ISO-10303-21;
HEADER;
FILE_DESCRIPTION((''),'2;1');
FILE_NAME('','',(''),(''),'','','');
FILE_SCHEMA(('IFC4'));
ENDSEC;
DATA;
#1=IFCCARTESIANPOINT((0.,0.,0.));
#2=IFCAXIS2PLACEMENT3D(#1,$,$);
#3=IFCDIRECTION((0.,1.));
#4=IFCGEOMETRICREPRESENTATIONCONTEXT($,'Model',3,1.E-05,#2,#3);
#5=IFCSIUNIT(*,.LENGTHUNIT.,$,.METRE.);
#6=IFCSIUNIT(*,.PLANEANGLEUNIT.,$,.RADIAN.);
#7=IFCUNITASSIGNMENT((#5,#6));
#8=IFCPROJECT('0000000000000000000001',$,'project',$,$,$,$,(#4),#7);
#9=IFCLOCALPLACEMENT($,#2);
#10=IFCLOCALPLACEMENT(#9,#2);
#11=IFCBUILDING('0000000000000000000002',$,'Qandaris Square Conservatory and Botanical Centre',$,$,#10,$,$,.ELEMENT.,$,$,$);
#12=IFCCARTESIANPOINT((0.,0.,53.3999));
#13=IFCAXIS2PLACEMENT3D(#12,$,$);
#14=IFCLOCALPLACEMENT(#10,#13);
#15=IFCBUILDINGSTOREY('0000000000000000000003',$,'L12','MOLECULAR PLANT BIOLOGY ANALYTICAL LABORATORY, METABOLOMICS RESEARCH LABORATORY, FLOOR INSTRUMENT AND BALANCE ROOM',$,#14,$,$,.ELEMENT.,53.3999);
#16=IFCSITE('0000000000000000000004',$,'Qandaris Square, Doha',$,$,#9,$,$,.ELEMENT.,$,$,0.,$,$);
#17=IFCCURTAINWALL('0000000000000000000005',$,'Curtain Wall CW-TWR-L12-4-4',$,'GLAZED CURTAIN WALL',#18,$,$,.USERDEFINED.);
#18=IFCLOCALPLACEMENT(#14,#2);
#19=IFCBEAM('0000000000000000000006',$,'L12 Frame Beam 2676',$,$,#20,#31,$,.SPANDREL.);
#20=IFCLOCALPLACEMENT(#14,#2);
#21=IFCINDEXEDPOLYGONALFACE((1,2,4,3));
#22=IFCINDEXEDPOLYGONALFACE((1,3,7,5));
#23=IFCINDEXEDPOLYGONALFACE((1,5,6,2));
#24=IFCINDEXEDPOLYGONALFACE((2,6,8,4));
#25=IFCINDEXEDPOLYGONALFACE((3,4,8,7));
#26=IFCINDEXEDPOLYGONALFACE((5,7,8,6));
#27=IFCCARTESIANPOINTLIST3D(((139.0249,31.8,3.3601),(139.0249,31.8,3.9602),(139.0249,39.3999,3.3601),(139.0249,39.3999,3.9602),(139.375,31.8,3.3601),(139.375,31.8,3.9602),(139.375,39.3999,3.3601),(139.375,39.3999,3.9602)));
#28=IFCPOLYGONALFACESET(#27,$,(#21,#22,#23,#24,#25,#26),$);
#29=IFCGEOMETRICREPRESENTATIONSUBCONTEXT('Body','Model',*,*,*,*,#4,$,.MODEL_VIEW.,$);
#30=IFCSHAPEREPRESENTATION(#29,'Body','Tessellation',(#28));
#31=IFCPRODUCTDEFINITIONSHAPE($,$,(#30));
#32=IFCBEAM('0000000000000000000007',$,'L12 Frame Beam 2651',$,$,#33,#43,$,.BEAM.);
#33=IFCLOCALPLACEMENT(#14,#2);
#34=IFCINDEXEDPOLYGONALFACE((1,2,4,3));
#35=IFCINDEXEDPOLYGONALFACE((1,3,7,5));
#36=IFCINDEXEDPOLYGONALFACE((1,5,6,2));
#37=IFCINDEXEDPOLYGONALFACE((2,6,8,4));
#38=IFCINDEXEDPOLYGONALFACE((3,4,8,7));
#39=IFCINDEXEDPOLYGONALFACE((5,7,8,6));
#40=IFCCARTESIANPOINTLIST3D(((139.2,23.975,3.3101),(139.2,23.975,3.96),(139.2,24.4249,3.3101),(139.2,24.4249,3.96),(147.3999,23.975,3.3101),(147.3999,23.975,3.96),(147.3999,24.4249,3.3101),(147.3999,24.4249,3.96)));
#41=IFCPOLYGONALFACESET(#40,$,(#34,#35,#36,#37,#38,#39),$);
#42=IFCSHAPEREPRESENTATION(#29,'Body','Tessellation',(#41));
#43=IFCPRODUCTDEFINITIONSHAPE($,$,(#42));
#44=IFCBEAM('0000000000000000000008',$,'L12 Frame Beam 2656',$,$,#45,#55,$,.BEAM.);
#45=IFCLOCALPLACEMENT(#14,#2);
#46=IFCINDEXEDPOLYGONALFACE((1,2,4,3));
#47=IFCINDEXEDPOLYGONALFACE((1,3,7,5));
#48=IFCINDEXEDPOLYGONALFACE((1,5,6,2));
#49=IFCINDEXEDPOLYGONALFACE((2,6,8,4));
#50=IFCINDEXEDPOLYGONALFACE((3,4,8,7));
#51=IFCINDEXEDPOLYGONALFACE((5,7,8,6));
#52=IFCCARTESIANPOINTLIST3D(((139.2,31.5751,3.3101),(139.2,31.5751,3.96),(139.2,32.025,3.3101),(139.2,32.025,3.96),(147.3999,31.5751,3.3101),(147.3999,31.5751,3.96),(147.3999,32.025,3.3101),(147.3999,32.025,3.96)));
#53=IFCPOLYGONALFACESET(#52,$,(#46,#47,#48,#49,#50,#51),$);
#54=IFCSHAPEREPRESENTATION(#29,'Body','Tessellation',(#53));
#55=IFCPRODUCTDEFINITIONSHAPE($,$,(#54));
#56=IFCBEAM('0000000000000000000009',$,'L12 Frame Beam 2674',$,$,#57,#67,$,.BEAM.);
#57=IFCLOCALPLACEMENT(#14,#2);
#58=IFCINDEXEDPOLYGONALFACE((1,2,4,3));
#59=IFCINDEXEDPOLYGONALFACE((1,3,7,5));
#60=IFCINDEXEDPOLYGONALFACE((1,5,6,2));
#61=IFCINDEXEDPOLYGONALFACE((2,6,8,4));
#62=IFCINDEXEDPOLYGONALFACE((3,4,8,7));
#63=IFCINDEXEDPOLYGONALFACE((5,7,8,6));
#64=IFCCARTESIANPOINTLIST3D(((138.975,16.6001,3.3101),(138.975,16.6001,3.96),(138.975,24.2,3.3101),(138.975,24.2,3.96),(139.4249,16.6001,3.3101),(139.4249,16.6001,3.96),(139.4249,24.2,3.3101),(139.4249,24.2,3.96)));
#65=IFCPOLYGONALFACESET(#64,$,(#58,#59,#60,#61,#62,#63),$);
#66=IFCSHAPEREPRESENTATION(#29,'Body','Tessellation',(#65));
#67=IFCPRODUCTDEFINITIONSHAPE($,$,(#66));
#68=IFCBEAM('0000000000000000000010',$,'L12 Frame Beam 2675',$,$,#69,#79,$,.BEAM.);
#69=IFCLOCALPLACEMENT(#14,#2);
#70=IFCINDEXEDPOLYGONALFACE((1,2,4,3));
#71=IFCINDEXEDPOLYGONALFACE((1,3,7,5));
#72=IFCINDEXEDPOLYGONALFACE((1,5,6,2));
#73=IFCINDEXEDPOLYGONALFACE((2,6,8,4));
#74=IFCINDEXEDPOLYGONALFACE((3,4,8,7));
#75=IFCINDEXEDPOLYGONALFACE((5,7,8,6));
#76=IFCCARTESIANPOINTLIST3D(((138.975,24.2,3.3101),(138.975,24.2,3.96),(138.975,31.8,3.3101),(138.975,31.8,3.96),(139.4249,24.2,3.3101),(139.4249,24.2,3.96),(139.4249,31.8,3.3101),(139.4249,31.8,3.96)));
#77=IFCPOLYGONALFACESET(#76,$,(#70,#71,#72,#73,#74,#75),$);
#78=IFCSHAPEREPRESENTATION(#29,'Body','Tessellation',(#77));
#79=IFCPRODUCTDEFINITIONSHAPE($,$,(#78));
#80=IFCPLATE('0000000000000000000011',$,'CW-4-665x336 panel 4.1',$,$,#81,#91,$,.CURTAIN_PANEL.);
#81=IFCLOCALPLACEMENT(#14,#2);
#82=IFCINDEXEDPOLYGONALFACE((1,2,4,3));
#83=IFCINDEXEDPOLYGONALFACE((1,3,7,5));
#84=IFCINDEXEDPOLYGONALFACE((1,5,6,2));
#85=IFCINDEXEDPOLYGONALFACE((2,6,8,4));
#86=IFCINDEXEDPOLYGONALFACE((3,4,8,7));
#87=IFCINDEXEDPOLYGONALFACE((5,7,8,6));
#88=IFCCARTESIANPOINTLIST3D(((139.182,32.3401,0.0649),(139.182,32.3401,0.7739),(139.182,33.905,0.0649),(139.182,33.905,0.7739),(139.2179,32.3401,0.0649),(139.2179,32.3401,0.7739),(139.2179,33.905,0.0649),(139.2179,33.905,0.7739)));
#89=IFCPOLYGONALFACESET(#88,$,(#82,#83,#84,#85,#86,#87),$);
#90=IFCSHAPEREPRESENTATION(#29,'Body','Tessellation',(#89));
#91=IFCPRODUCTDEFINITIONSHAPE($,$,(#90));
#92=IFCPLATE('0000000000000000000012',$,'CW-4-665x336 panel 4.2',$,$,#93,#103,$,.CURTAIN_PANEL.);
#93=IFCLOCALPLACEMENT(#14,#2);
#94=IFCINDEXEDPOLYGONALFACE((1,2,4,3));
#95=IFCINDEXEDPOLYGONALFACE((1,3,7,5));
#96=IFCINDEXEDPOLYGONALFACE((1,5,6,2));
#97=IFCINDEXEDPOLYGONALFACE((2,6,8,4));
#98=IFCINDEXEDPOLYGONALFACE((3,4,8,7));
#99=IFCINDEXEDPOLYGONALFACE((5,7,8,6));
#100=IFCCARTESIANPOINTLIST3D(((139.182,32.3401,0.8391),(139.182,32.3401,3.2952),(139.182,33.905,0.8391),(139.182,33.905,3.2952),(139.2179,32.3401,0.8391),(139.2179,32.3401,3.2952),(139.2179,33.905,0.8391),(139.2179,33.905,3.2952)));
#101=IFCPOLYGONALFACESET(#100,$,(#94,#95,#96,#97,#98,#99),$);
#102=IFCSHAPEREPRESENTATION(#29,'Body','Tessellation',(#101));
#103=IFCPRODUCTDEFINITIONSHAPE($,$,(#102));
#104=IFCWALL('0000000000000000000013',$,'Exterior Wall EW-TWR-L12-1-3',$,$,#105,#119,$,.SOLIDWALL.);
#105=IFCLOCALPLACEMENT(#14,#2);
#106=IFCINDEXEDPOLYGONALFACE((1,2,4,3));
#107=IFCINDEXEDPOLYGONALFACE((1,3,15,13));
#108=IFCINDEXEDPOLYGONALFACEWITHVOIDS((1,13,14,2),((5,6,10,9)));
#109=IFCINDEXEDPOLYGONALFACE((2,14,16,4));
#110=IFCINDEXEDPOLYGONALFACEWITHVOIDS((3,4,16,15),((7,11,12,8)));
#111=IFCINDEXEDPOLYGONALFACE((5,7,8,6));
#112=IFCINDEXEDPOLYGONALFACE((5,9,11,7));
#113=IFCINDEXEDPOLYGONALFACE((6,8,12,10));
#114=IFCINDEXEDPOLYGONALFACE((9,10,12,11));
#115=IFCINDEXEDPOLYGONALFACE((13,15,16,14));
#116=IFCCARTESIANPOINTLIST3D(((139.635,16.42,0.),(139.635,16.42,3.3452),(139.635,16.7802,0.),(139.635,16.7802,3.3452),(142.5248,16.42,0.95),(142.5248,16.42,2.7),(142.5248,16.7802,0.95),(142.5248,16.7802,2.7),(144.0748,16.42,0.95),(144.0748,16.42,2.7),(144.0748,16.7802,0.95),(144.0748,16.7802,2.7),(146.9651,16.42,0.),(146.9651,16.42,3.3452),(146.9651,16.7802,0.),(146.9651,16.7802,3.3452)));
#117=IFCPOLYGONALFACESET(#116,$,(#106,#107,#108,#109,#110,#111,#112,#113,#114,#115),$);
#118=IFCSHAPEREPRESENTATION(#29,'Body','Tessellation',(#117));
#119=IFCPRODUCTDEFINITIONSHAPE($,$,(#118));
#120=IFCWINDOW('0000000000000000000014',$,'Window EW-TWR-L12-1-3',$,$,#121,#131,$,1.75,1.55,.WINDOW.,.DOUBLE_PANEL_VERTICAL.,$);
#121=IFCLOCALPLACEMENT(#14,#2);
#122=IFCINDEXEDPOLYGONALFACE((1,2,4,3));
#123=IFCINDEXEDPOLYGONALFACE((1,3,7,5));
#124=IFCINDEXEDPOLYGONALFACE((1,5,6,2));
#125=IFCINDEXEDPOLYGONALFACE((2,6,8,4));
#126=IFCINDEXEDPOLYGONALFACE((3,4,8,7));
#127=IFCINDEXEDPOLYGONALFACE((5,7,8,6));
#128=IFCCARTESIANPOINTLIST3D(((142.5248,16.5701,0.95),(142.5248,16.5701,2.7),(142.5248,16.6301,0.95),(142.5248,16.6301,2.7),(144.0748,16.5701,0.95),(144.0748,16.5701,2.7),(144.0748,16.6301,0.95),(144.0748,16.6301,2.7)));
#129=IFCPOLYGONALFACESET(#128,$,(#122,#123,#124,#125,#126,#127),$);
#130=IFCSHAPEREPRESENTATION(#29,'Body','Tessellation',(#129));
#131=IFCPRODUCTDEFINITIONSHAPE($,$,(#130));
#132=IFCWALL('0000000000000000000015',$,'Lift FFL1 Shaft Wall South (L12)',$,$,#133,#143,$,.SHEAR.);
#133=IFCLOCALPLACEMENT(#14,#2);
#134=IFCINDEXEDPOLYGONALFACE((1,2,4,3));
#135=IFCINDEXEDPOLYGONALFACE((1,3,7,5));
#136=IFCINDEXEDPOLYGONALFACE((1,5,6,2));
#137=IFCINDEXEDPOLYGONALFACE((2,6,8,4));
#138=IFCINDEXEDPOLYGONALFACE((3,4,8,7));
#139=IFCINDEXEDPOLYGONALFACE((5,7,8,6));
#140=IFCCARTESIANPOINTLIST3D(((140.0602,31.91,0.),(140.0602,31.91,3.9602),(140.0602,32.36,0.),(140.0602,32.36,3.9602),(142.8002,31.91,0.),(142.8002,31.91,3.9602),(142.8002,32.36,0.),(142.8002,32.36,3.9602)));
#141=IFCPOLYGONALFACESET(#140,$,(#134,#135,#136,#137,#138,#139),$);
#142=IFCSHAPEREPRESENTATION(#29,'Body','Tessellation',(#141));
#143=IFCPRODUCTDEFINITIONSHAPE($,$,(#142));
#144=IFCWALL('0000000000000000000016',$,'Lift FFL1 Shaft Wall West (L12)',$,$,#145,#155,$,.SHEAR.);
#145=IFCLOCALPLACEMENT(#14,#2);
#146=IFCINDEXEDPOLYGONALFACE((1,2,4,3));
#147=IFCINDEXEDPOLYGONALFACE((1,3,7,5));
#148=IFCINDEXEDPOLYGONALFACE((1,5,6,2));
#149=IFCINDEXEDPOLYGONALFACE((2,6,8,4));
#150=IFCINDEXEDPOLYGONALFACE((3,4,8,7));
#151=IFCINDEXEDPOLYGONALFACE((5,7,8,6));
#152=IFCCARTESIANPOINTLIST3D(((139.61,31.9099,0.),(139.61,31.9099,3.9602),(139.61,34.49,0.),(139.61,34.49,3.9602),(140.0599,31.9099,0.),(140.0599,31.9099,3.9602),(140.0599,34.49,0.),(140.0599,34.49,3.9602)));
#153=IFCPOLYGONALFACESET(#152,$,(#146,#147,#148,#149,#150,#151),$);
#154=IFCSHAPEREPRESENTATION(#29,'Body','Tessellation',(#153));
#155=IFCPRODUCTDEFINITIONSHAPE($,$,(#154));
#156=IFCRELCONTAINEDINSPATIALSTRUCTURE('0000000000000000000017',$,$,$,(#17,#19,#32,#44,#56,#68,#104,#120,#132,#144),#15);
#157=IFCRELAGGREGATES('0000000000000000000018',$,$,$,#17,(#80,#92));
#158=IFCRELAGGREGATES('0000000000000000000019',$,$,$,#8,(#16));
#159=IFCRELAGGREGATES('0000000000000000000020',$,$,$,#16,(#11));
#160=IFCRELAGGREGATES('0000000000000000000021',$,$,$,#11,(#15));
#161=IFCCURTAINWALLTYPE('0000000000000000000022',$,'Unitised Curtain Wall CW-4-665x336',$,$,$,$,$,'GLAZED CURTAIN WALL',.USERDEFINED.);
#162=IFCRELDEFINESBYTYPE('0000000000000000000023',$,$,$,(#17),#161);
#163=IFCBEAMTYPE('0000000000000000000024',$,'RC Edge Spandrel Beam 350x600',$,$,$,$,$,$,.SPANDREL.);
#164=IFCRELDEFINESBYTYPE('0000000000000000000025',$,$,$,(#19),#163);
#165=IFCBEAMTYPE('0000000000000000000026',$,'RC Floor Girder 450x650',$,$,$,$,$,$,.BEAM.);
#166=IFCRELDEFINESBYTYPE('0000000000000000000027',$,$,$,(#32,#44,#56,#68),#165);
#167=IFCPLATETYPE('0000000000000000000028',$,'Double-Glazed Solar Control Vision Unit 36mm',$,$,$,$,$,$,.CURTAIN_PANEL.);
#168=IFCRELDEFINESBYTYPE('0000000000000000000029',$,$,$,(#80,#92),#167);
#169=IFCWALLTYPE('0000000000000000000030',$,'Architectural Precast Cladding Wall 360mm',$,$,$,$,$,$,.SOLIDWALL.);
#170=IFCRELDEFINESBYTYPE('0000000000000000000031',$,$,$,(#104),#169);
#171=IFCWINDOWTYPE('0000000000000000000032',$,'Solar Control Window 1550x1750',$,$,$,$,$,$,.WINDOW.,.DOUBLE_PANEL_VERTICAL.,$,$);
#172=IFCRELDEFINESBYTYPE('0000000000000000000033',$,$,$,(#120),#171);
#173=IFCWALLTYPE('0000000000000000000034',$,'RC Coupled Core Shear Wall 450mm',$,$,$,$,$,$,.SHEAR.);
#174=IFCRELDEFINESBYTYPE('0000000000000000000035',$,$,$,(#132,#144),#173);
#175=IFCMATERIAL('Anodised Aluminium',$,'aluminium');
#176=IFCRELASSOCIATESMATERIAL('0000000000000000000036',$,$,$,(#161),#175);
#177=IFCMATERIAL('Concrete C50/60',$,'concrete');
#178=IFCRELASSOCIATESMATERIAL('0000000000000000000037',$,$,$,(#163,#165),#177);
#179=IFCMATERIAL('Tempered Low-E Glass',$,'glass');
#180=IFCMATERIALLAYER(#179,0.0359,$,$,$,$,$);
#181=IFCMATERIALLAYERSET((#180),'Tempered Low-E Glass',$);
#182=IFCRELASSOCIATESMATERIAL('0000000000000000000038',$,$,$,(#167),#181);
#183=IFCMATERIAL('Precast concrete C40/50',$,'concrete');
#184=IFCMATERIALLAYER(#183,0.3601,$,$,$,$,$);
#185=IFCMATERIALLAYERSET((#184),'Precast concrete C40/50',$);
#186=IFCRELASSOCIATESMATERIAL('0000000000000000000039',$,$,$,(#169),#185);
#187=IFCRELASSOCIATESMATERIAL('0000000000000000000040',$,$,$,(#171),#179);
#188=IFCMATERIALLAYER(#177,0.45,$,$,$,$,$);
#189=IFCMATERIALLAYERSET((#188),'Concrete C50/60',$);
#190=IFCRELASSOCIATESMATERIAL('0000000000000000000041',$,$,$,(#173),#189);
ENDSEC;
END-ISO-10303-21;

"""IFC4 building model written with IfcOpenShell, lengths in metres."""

from ifc_helpers import new_model, si_unit, direction, frame, frame_2d, origin, origin_2d, place, context, subcontext, project, spatial, rectangle, extrude, material, layer, layer_set, material_profile, profile_set, type_object, element, fill, aggregate, save


model = new_model("IFC4")

# Units and contexts
model_context = context("Model", 3, precision=1e-05, world=origin(), true_north=direction((0.0, 1.0)))
body_context = subcontext(model_context, "Body", "Model", "MODEL_VIEW")
ifc_project = project(units=[si_unit("LENGTHUNIT", "METRE"), si_unit("PLANEANGLEUNIT", "RADIAN")], contexts=[model_context])

# Site, building, storey
site_placement = place(None, origin())
site = spatial("IfcSite", under=ifc_project, at=site_placement, Name="Qandaris Square, Doha", CompositionType="ELEMENT", RefElevation=0.0)
building_placement = place(site_placement, origin())
building = spatial("IfcBuilding", under=site, at=building_placement, Name="Qandaris Square Conservatory and Botanical Centre", CompositionType="ELEMENT")
storey_placement = place(building_placement, frame((0.0, 0.0, 53.3999)))
storey = spatial("IfcBuildingStorey", under=building, at=storey_placement, Name="L12", Description="MOLECULAR PLANT BIOLOGY ANALYTICAL LABORATORY, METABOLOMICS RESEARCH LABORATORY, FLOOR INSTRUMENT AND BALANCE ROOM", CompositionType="ELEMENT", Elevation=53.3999)

# Shared definitions
ifc_material_1 = material(Name="Concrete C50/60", Category="concrete")

# Curtain wall
ifc_material_2 = material(Name="Anodised Aluminium", Category="aluminium")
curtain_wall_type = type_object("IfcCurtainWallType", Name="Unitised Curtain Wall CW-4-665x336", ElementType="GLAZED CURTAIN WALL", PredefinedType="USERDEFINED", material=ifc_material_2)
curtain_wall_placement = place(storey_placement, origin())
curtain_wall = element("IfcCurtainWall", 1, at=curtain_wall_placement, inside=storey, type_object=curtain_wall_type, Name="Curtain Wall CW-TWR-L12-4-4", ObjectType="GLAZED CURTAIN WALL", PredefinedType="USERDEFINED")

# Beams
ifc_material_profile_1 = material_profile(ifc_material_1, rectangle(XDim=0.3501, YDim=0.6001, at=origin_2d()), Name="RC-SP 350x600")
ifc_profile_set_1 = profile_set([ifc_material_profile_1], Name="Concrete C50/60")
beam_type_1 = type_object("IfcBeamType", Name="RC Edge Spandrel Beam 350x600", PredefinedType="SPANDREL", material=ifc_profile_set_1)
beam_1_placement = place(storey_placement, frame((139.2, 31.8, 3.6602), z_axis=(0.0, 1.0, 0.0), x_axis=(-1.0, 0.0, 0.0)))
element("IfcBeam", 2, at=beam_1_placement, inside=storey, type_object=beam_type_1, Name="L12 Frame Beam 2676", PredefinedType="SPANDREL", context=body_context, shape_type="SweptSolid", body=[
    extrude(rectangle(XDim=0.3501, YDim=0.6001, at=origin_2d()), origin(), (0.0, 0.0, 1.0), 7.5999),
])
ifc_material_profile_2 = material_profile(ifc_material_1, rectangle(XDim=0.45, YDim=0.6499, at=origin_2d()), Name="RC-BM 450x650")
ifc_profile_set_2 = profile_set([ifc_material_profile_2], Name="Concrete C50/60")
beam_type_2 = type_object("IfcBeamType", Name="RC Floor Girder 450x650", PredefinedType="BEAM", material=ifc_profile_set_2)
for number, where, z_axis, x_axis, name in (
    (3, (139.2, 24.2, 3.635), (1.0, 0.0, 0.0), (0.0, 1.0, 0.0), "L12 Frame Beam 2651"),
    (4, (139.2, 31.8, 3.635), (1.0, 0.0, 0.0), (0.0, 1.0, 0.0), "L12 Frame Beam 2656"),
):
    element("IfcBeam", number, at=place(storey_placement, frame(where, z_axis=z_axis, x_axis=x_axis)), inside=storey, type_object=beam_type_2, Name=name, PredefinedType="BEAM", context=body_context, shape_type="SweptSolid", body=[
        extrude(rectangle(XDim=0.45, YDim=0.6499, at=origin_2d()), origin(), (0.0, 0.0, 1.0), 8.2),
    ])
beam_2_placement = place(storey_placement, frame((139.2, 16.6001, 3.635), z_axis=(0.0, 1.0, 0.0), x_axis=(-1.0, 0.0, 0.0)))
element("IfcBeam", 5, at=beam_2_placement, inside=storey, type_object=beam_type_2, Name="L12 Frame Beam 2674", PredefinedType="BEAM", context=body_context, shape_type="SweptSolid", body=[
    extrude(rectangle(XDim=0.45, YDim=0.6499, at=origin_2d()), origin(), (0.0, 0.0, 1.0), 7.5999),
])
beam_3_placement = place(storey_placement, frame((139.2, 24.2, 3.635), z_axis=(0.0, 1.0, 0.0), x_axis=(-1.0, 0.0, 0.0)))
element("IfcBeam", 6, at=beam_3_placement, inside=storey, type_object=beam_type_2, Name="L12 Frame Beam 2675", PredefinedType="BEAM", context=body_context, shape_type="SweptSolid", body=[
    extrude(rectangle(XDim=0.45, YDim=0.6499, at=origin_2d()), origin(), (0.0, 0.0, 1.0), 7.6001),
])

# Plates
ifc_material_3 = material(Name="Tempered Low-E Glass", Category="glass")
ifc_layer_1 = layer(ifc_material_3, 0.0359)
ifc_layer_set_1 = layer_set([ifc_layer_1], Name="Tempered Low-E Glass")
plate_type = type_object("IfcPlateType", Name="Double-Glazed Solar Control Vision Unit 36mm", PredefinedType="CURTAIN_PANEL", material=ifc_layer_set_1)
plate_1_placement = place(storey_placement, frame((139.2, 33.1226, 0.0649), z_axis=(0.0, 0.0, 1.0), x_axis=(0.0, -1.0, 0.0)))
plate_1 = element("IfcPlate", 7, at=plate_1_placement, type_object=plate_type, Name="CW-4-665x336 panel 4.1", PredefinedType="CURTAIN_PANEL", context=body_context, shape_type="SweptSolid", body=[
    extrude(rectangle(XDim=1.5649, YDim=0.0359, at=origin_2d()), origin(), (0.0, 0.0, 1.0), 0.709),
])
plate_2_placement = place(storey_placement, frame((139.2, 33.1226, 0.8391), z_axis=(0.0, 0.0, 1.0), x_axis=(0.0, -1.0, 0.0)))
plate_2 = element("IfcPlate", 8, at=plate_2_placement, type_object=plate_type, Name="CW-4-665x336 panel 4.2", PredefinedType="CURTAIN_PANEL", context=body_context, shape_type="SweptSolid", body=[
    extrude(rectangle(XDim=1.5649, YDim=0.0359, at=origin_2d()), origin(), (0.0, 0.0, 1.0), 2.4561),
])
aggregate(curtain_wall, [plate_1, plate_2])

# Wall, opening, window
ifc_material_4 = material(Name="Precast concrete C40/50", Category="concrete")
ifc_layer_2 = layer(ifc_material_4, 0.3601)
ifc_layer_set_2 = layer_set([ifc_layer_2], Name="Precast concrete C40/50")
wall_type_1 = type_object("IfcWallType", Name="Architectural Precast Cladding Wall 360mm", PredefinedType="SOLIDWALL", material=ifc_layer_set_2)
wall_1_placement = place(storey_placement, frame((139.635, 16.6001, 0.0), z_axis=(0.0, 0.0, 1.0), x_axis=(1.0, 0.0, 0.0)))
wall_1 = element("IfcWall", 9, at=wall_1_placement, inside=storey, type_object=wall_type_1, Name="Exterior Wall EW-TWR-L12-1-3", PredefinedType="SOLIDWALL", context=body_context, shape_type="SweptSolid", body=[
    extrude(rectangle(XDim=7.3301, YDim=0.3601, at=frame_2d((3.665, 0.0))), origin(), (0.0, 0.0, 1.0), 3.3452),
])
opening_1_placement = place(wall_1_placement, frame((2.8899, 0.0, 0.95)))
opening_1 = element("IfcOpeningElement", 10, at=opening_1_placement, cuts=wall_1, PredefinedType="OPENING", context=body_context, shape_type="SweptSolid", body=[
    extrude(rectangle(XDim=1.55, YDim=1.75, at=frame_2d((0.7749, 0.875))), frame((0.0, 0.1919, 0.0), z_axis=(0.0, -1.0, 0.0), x_axis=(1.0, 0.0, 0.0)), (0.0, 0.0, 1.0), 0.384),
])
window_type = type_object("IfcWindowType", Name="Solar Control Window 1550x1750", PartitioningType="DOUBLE_PANEL_VERTICAL", PredefinedType="WINDOW", material=ifc_material_3)
window_placement = place(opening_1_placement, origin())
window = element("IfcWindow", 11, at=window_placement, inside=storey, type_object=window_type, Name="Window EW-TWR-L12-1-3", OverallHeight=1.75, OverallWidth=1.55, PartitioningType="DOUBLE_PANEL_VERTICAL", PredefinedType="WINDOW", context=body_context, shape_type="SweptSolid", body=[
    extrude(rectangle(XDim=1.55, YDim=1.75, at=frame_2d((0.7749, 0.875))), frame((0.0, 0.03, 0.0), z_axis=(0.0, -1.0, 0.0), x_axis=(1.0, 0.0, 0.0)), (0.0, 0.0, 1.0), 0.0601),
])
fill(opening_1, window)

# Walls
ifc_layer_3 = layer(ifc_material_1, 0.45)
ifc_layer_set_3 = layer_set([ifc_layer_3], Name="Concrete C50/60")
wall_type_2 = type_object("IfcWallType", Name="RC Coupled Core Shear Wall 450mm", PredefinedType="SHEAR", material=ifc_layer_set_3)
wall_2_placement = place(storey_placement, frame((140.0601, 32.135, 0.0), z_axis=(0.0, 0.0, 1.0), x_axis=(1.0, 0.0, 0.0)))
element("IfcWall", 12, at=wall_2_placement, inside=storey, type_object=wall_type_2, Name="Lift FFL1 Shaft Wall South (L12)", PredefinedType="SHEAR", context=body_context, shape_type="SweptSolid", body=[
    extrude(rectangle(XDim=2.74, YDim=0.45, at=frame_2d((1.3701, 0.0))), origin(), (0.0, 0.0, 1.0), 3.9602),
])
wall_3_placement = place(storey_placement, frame((139.835, 31.9099, 0.0), z_axis=(0.0, 0.0, 1.0), x_axis=(0.0, 1.0, 0.0)))
element("IfcWall", 13, at=wall_3_placement, inside=storey, type_object=wall_type_2, Name="Lift FFL1 Shaft Wall West (L12)", PredefinedType="SHEAR", context=body_context, shape_type="SweptSolid", body=[
    extrude(rectangle(XDim=2.5801, YDim=0.45, at=frame_2d((1.29, 0.0))), origin(), (0.0, 0.0, 1.0), 3.9602),
])

save(model, "model.ifc")
